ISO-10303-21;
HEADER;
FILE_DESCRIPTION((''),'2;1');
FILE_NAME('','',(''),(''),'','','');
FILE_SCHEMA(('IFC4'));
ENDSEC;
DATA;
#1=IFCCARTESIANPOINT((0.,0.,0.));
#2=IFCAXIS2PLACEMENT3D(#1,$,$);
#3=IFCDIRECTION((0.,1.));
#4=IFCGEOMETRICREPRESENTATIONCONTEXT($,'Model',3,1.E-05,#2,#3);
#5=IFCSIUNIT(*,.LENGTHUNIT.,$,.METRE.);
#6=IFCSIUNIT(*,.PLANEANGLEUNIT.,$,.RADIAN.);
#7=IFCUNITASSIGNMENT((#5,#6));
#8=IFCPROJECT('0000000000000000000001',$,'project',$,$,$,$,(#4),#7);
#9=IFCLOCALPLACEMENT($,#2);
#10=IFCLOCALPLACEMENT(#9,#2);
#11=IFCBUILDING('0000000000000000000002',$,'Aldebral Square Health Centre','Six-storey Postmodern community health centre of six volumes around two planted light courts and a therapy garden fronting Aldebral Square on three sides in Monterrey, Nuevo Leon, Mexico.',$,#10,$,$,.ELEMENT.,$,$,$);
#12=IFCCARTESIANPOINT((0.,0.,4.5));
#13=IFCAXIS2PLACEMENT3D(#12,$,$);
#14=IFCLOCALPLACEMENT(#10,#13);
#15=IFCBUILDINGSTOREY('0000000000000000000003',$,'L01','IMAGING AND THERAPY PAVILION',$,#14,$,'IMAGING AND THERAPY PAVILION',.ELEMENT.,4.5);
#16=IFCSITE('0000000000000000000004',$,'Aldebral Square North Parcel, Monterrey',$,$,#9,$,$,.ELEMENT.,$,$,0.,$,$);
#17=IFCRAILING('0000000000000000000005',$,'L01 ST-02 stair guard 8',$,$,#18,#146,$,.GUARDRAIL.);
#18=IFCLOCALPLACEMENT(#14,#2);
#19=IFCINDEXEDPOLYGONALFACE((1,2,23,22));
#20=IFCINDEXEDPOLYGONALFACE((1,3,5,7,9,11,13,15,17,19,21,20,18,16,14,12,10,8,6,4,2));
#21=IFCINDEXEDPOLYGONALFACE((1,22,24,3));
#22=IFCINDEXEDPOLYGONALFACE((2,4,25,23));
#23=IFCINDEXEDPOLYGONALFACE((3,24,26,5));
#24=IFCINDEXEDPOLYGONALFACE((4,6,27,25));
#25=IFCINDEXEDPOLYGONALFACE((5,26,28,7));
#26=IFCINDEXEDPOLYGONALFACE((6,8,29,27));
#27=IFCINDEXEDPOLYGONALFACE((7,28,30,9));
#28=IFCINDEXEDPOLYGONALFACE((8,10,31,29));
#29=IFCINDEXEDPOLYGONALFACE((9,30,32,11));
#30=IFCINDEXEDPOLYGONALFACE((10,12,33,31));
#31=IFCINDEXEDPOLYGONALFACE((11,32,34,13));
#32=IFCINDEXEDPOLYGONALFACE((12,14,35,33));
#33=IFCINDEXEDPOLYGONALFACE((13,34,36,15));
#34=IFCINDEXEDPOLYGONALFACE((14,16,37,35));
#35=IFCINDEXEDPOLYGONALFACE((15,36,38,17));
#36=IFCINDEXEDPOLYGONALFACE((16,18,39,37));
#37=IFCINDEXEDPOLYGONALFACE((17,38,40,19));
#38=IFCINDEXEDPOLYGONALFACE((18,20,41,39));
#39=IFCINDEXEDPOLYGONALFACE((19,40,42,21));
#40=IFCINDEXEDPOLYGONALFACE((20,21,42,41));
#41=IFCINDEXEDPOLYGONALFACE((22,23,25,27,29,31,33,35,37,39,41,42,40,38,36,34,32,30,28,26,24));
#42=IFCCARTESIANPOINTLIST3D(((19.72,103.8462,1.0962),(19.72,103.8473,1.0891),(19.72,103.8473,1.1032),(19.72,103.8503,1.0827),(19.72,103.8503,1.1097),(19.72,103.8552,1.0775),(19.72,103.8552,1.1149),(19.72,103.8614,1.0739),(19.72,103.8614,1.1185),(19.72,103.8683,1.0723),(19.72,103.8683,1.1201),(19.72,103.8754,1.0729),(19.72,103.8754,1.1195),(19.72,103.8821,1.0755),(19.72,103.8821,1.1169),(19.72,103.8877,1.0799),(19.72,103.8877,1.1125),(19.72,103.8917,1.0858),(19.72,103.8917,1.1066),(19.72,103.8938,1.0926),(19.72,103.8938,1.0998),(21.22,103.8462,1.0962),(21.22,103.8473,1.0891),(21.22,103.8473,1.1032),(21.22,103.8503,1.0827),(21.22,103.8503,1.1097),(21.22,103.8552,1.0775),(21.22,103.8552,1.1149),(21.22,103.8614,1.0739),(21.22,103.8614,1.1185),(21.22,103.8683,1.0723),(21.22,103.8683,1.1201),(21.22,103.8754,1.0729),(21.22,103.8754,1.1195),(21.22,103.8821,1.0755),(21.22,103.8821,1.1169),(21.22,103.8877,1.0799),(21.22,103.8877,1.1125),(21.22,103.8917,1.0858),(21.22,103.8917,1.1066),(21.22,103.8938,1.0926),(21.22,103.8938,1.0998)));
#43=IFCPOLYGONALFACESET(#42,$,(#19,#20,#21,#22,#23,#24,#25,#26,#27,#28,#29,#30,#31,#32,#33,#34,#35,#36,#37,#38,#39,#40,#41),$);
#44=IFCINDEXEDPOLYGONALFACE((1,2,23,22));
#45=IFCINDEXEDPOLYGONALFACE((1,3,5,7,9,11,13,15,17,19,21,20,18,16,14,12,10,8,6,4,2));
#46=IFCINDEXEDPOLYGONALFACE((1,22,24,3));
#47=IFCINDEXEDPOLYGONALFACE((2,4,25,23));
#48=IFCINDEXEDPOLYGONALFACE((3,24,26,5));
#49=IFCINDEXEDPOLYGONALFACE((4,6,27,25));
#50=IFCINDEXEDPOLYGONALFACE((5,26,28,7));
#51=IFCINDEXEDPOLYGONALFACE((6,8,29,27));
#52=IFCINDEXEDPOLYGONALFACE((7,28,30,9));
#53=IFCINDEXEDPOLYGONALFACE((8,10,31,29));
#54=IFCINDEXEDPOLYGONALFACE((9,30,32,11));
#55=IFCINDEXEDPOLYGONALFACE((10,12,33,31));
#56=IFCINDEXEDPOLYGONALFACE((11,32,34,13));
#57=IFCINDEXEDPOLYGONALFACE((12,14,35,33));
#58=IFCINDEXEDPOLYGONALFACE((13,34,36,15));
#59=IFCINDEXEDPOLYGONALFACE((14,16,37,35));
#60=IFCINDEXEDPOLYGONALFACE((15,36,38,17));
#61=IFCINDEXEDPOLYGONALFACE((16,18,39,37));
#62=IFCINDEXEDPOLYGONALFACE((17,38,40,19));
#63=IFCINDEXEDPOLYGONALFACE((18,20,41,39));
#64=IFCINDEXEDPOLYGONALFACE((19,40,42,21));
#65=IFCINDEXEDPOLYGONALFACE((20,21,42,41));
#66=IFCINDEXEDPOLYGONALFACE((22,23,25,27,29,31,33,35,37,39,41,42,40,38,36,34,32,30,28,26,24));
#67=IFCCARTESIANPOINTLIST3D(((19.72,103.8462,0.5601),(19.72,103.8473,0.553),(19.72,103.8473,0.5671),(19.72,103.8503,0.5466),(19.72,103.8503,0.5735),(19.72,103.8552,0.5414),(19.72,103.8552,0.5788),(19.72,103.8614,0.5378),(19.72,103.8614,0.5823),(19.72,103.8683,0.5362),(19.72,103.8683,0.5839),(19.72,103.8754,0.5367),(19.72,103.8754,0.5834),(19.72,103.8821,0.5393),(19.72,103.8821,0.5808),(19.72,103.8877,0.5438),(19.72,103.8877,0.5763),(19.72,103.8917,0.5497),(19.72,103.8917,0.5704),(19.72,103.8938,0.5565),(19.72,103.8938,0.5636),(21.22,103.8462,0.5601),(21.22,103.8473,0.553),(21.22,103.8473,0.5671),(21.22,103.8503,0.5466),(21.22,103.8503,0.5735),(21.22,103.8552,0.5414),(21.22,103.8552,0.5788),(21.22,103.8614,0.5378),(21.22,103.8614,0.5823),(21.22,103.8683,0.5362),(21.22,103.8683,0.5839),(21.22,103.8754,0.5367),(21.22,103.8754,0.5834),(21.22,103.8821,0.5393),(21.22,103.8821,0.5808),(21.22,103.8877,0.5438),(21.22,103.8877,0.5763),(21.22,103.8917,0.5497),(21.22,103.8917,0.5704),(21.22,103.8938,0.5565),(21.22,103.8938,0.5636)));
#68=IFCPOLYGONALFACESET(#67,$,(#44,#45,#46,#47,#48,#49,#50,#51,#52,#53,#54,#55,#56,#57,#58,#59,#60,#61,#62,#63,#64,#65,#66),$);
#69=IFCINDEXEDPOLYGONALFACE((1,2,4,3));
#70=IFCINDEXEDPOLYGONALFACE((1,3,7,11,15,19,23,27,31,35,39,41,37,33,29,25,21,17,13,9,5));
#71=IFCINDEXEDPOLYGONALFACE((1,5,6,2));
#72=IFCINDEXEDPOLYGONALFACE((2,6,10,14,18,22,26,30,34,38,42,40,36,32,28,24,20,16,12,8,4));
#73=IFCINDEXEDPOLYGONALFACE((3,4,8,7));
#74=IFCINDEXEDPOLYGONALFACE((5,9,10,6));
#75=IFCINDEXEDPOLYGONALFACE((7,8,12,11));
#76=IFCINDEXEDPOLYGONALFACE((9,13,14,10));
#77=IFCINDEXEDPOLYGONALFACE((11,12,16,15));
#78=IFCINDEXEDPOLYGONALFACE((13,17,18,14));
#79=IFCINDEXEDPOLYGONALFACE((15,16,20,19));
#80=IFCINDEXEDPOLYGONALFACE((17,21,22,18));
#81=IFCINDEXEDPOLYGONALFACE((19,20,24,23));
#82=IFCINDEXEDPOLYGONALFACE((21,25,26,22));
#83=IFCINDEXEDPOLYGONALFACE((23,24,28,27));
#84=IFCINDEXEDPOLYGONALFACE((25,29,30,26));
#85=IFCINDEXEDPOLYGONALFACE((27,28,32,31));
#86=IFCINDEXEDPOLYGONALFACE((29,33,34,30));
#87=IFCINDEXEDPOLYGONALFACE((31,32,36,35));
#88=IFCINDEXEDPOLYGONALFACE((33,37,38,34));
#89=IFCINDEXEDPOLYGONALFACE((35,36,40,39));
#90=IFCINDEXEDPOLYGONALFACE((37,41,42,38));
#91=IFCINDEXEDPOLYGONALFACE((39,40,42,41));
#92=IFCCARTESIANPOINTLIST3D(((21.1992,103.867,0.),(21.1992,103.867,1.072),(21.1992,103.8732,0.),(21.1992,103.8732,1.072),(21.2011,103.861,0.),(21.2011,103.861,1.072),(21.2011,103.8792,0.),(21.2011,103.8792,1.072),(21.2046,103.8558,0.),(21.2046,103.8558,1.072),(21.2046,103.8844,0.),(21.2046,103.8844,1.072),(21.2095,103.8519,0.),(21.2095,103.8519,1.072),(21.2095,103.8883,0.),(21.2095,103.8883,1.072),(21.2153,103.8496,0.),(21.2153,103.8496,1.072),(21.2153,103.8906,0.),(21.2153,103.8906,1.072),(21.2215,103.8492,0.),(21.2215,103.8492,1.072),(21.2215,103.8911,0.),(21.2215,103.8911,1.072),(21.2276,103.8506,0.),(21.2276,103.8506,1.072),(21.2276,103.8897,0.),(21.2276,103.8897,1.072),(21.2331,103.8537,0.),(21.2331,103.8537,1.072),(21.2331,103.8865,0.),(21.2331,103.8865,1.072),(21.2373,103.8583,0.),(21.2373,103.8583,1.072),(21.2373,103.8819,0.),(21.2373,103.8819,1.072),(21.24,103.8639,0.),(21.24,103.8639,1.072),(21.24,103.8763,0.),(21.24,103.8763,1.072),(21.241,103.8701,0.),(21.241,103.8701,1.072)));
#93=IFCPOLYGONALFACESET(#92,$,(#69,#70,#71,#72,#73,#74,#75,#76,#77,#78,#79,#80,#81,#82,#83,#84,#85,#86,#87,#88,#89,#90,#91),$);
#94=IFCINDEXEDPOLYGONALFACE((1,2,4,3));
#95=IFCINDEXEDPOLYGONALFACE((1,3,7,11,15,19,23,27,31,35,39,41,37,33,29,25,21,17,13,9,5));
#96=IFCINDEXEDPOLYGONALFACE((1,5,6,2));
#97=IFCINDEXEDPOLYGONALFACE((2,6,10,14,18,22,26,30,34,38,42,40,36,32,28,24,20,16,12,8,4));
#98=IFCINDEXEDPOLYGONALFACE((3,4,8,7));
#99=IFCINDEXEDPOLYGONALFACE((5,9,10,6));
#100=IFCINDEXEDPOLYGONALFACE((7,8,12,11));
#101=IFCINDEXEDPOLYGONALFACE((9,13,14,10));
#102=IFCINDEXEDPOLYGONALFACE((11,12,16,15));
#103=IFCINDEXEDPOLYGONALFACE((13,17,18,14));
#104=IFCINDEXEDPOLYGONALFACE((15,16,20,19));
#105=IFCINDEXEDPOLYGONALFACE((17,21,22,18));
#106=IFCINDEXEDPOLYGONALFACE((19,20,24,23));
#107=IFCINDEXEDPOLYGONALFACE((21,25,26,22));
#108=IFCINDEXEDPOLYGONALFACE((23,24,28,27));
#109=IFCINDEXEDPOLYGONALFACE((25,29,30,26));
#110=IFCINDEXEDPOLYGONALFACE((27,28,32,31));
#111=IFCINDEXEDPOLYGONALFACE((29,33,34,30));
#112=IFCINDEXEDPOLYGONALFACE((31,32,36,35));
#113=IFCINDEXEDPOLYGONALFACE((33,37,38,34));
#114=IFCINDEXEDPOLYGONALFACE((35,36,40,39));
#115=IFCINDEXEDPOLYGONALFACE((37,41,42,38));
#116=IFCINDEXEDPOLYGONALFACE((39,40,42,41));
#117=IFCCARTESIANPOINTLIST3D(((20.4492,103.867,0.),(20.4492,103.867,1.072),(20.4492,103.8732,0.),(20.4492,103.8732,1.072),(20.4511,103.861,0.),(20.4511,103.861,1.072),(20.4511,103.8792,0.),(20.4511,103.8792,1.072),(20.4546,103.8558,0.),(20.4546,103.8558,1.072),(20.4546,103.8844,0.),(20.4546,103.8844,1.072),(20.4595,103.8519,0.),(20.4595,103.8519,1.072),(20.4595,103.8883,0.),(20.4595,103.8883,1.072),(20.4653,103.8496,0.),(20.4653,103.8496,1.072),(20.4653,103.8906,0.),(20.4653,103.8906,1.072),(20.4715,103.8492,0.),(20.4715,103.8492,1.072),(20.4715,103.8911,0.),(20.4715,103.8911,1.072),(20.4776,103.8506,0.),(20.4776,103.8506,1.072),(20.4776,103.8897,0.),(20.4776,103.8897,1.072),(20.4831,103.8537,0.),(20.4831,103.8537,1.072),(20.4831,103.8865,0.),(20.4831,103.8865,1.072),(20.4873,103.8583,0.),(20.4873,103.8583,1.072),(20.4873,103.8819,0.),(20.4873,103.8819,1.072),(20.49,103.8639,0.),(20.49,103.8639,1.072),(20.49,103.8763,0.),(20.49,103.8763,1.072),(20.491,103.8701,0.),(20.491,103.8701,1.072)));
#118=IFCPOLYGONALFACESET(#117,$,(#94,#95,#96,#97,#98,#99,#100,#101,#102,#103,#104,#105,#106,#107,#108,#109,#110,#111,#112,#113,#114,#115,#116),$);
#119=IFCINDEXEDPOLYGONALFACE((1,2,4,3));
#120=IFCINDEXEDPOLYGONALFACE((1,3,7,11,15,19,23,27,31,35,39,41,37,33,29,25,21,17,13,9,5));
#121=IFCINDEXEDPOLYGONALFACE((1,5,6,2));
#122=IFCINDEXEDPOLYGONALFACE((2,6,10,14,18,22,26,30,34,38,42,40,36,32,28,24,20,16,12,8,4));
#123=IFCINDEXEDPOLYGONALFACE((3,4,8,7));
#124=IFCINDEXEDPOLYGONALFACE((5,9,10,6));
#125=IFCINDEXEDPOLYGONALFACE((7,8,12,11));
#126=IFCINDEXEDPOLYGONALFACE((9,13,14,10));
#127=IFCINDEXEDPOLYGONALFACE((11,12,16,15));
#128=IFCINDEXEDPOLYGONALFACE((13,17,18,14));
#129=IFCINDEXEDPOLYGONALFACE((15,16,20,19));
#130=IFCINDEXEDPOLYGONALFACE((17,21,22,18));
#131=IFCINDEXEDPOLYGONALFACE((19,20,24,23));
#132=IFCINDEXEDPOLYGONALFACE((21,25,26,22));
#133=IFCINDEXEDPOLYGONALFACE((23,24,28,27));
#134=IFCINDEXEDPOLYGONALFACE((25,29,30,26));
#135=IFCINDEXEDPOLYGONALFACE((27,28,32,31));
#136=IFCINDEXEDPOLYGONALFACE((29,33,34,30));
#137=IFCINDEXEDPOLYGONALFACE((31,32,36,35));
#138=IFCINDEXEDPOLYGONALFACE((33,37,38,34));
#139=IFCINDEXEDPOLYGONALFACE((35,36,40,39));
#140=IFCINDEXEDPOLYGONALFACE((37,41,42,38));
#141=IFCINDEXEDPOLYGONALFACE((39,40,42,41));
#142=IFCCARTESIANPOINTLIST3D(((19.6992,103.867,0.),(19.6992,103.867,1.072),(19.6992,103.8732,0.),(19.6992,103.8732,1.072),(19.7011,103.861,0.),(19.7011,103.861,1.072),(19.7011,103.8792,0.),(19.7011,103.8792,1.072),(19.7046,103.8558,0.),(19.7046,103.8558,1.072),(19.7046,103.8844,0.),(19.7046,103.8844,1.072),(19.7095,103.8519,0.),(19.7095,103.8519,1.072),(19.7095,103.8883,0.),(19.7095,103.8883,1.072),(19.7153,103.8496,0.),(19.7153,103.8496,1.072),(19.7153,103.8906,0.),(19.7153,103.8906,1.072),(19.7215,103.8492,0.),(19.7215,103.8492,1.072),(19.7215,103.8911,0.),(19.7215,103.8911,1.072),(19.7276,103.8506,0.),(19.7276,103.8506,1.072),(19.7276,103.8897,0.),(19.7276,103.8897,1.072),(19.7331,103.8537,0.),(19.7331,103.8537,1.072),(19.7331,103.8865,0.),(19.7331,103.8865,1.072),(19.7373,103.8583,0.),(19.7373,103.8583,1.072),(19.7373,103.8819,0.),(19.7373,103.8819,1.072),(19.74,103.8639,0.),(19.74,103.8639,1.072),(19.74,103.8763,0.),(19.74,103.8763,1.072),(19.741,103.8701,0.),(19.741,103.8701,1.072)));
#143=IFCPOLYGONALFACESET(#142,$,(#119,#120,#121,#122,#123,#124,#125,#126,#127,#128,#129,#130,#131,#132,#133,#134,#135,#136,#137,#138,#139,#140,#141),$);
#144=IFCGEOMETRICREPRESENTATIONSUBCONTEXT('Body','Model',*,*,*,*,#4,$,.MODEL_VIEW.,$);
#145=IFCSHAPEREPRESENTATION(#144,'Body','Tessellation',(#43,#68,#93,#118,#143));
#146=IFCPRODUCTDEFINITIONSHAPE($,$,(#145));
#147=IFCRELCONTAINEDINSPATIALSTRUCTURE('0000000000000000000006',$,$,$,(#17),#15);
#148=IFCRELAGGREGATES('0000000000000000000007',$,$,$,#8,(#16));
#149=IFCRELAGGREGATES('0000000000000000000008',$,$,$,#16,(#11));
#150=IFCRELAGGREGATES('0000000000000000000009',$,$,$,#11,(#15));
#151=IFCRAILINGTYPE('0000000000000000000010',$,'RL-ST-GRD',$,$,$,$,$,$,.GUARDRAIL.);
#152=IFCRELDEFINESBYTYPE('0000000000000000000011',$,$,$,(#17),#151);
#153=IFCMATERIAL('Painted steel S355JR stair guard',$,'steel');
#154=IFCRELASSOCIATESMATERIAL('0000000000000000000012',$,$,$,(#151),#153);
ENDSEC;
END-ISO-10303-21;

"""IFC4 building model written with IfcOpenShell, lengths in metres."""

from ifc_helpers import new_model, si_unit, direction, frame, origin, origin_2d, place, context, subcontext, project, spatial, circle, extrude, material, type_object, element, save


model = new_model("IFC4")

# Units and contexts
model_context = context("Model", 3, precision=1e-05, world=origin(), true_north=direction((0.0, 1.0)))
body_context = subcontext(model_context, "Body", "Model", "MODEL_VIEW")
ifc_project = project(units=[si_unit("LENGTHUNIT", "METRE"), si_unit("PLANEANGLEUNIT", "RADIAN")], contexts=[model_context])

# Site, building, storey
site_placement = place(None, origin())
site = spatial("IfcSite", under=ifc_project, at=site_placement, Name="Aldebral Square North Parcel, Monterrey", CompositionType="ELEMENT", RefElevation=0.0)
building_placement = place(site_placement, origin())
building = spatial("IfcBuilding", under=site, at=building_placement, Name="Aldebral Square Health Centre", Description="Six-storey Postmodern community health centre of six volumes around two planted light courts and a therapy garden fronting Aldebral Square on three sides in Monterrey, Nuevo Leon, Mexico.", CompositionType="ELEMENT")
storey_placement = place(building_placement, frame((0.0, 0.0, 4.5)))
storey = spatial("IfcBuildingStorey", under=building, at=storey_placement, Name="L01", Description="IMAGING AND THERAPY PAVILION", LongName="IMAGING AND THERAPY PAVILION", CompositionType="ELEMENT", Elevation=4.5)

# Railing
ifc_material_1 = material(Name="Painted steel S355JR stair guard", Category="steel")
railing_type = type_object("IfcRailingType", Name="RL-ST-GRD", PredefinedType="GUARDRAIL", material=ifc_material_1)
for number, where, name in (
    (1, (21.22, 103.8701, 0.0), "L01 ST-02 stair guard 8"),
):
    element("IfcRailing", number, at=place(storey_placement, frame(where)), inside=storey, type_object=railing_type, Name=name, PredefinedType="GUARDRAIL", context=body_context, shape_type="SweptSolid", body=[
        extrude(circle(Radius=0.0239, at=origin_2d()), frame((0.0, 0.0, 1.0962), z_axis=(-1.0, 0.0, 0.0), x_axis=(0.0, -1.0, 0.0)), (0.0, 0.0, 1.0), 1.5),
        extrude(circle(Radius=0.0239, at=origin_2d()), frame((0.0, 0.0, 0.5601), z_axis=(-1.0, 0.0, 0.0), x_axis=(0.0, -1.0, 0.0)), (0.0, 0.0, 1.0), 1.5),
        extrude(circle(Radius=0.021, at=origin_2d()), origin(), (0.0, 0.0, 1.0), 1.072),
        extrude(circle(Radius=0.021, at=origin_2d()), frame((-0.75, 0.0, 0.0)), (0.0, 0.0, 1.0), 1.072),
        extrude(circle(Radius=0.021, at=origin_2d()), frame((-1.5, 0.0, 0.0)), (0.0, 0.0, 1.0), 1.072),
    ])

save(model, "model.ifc")
